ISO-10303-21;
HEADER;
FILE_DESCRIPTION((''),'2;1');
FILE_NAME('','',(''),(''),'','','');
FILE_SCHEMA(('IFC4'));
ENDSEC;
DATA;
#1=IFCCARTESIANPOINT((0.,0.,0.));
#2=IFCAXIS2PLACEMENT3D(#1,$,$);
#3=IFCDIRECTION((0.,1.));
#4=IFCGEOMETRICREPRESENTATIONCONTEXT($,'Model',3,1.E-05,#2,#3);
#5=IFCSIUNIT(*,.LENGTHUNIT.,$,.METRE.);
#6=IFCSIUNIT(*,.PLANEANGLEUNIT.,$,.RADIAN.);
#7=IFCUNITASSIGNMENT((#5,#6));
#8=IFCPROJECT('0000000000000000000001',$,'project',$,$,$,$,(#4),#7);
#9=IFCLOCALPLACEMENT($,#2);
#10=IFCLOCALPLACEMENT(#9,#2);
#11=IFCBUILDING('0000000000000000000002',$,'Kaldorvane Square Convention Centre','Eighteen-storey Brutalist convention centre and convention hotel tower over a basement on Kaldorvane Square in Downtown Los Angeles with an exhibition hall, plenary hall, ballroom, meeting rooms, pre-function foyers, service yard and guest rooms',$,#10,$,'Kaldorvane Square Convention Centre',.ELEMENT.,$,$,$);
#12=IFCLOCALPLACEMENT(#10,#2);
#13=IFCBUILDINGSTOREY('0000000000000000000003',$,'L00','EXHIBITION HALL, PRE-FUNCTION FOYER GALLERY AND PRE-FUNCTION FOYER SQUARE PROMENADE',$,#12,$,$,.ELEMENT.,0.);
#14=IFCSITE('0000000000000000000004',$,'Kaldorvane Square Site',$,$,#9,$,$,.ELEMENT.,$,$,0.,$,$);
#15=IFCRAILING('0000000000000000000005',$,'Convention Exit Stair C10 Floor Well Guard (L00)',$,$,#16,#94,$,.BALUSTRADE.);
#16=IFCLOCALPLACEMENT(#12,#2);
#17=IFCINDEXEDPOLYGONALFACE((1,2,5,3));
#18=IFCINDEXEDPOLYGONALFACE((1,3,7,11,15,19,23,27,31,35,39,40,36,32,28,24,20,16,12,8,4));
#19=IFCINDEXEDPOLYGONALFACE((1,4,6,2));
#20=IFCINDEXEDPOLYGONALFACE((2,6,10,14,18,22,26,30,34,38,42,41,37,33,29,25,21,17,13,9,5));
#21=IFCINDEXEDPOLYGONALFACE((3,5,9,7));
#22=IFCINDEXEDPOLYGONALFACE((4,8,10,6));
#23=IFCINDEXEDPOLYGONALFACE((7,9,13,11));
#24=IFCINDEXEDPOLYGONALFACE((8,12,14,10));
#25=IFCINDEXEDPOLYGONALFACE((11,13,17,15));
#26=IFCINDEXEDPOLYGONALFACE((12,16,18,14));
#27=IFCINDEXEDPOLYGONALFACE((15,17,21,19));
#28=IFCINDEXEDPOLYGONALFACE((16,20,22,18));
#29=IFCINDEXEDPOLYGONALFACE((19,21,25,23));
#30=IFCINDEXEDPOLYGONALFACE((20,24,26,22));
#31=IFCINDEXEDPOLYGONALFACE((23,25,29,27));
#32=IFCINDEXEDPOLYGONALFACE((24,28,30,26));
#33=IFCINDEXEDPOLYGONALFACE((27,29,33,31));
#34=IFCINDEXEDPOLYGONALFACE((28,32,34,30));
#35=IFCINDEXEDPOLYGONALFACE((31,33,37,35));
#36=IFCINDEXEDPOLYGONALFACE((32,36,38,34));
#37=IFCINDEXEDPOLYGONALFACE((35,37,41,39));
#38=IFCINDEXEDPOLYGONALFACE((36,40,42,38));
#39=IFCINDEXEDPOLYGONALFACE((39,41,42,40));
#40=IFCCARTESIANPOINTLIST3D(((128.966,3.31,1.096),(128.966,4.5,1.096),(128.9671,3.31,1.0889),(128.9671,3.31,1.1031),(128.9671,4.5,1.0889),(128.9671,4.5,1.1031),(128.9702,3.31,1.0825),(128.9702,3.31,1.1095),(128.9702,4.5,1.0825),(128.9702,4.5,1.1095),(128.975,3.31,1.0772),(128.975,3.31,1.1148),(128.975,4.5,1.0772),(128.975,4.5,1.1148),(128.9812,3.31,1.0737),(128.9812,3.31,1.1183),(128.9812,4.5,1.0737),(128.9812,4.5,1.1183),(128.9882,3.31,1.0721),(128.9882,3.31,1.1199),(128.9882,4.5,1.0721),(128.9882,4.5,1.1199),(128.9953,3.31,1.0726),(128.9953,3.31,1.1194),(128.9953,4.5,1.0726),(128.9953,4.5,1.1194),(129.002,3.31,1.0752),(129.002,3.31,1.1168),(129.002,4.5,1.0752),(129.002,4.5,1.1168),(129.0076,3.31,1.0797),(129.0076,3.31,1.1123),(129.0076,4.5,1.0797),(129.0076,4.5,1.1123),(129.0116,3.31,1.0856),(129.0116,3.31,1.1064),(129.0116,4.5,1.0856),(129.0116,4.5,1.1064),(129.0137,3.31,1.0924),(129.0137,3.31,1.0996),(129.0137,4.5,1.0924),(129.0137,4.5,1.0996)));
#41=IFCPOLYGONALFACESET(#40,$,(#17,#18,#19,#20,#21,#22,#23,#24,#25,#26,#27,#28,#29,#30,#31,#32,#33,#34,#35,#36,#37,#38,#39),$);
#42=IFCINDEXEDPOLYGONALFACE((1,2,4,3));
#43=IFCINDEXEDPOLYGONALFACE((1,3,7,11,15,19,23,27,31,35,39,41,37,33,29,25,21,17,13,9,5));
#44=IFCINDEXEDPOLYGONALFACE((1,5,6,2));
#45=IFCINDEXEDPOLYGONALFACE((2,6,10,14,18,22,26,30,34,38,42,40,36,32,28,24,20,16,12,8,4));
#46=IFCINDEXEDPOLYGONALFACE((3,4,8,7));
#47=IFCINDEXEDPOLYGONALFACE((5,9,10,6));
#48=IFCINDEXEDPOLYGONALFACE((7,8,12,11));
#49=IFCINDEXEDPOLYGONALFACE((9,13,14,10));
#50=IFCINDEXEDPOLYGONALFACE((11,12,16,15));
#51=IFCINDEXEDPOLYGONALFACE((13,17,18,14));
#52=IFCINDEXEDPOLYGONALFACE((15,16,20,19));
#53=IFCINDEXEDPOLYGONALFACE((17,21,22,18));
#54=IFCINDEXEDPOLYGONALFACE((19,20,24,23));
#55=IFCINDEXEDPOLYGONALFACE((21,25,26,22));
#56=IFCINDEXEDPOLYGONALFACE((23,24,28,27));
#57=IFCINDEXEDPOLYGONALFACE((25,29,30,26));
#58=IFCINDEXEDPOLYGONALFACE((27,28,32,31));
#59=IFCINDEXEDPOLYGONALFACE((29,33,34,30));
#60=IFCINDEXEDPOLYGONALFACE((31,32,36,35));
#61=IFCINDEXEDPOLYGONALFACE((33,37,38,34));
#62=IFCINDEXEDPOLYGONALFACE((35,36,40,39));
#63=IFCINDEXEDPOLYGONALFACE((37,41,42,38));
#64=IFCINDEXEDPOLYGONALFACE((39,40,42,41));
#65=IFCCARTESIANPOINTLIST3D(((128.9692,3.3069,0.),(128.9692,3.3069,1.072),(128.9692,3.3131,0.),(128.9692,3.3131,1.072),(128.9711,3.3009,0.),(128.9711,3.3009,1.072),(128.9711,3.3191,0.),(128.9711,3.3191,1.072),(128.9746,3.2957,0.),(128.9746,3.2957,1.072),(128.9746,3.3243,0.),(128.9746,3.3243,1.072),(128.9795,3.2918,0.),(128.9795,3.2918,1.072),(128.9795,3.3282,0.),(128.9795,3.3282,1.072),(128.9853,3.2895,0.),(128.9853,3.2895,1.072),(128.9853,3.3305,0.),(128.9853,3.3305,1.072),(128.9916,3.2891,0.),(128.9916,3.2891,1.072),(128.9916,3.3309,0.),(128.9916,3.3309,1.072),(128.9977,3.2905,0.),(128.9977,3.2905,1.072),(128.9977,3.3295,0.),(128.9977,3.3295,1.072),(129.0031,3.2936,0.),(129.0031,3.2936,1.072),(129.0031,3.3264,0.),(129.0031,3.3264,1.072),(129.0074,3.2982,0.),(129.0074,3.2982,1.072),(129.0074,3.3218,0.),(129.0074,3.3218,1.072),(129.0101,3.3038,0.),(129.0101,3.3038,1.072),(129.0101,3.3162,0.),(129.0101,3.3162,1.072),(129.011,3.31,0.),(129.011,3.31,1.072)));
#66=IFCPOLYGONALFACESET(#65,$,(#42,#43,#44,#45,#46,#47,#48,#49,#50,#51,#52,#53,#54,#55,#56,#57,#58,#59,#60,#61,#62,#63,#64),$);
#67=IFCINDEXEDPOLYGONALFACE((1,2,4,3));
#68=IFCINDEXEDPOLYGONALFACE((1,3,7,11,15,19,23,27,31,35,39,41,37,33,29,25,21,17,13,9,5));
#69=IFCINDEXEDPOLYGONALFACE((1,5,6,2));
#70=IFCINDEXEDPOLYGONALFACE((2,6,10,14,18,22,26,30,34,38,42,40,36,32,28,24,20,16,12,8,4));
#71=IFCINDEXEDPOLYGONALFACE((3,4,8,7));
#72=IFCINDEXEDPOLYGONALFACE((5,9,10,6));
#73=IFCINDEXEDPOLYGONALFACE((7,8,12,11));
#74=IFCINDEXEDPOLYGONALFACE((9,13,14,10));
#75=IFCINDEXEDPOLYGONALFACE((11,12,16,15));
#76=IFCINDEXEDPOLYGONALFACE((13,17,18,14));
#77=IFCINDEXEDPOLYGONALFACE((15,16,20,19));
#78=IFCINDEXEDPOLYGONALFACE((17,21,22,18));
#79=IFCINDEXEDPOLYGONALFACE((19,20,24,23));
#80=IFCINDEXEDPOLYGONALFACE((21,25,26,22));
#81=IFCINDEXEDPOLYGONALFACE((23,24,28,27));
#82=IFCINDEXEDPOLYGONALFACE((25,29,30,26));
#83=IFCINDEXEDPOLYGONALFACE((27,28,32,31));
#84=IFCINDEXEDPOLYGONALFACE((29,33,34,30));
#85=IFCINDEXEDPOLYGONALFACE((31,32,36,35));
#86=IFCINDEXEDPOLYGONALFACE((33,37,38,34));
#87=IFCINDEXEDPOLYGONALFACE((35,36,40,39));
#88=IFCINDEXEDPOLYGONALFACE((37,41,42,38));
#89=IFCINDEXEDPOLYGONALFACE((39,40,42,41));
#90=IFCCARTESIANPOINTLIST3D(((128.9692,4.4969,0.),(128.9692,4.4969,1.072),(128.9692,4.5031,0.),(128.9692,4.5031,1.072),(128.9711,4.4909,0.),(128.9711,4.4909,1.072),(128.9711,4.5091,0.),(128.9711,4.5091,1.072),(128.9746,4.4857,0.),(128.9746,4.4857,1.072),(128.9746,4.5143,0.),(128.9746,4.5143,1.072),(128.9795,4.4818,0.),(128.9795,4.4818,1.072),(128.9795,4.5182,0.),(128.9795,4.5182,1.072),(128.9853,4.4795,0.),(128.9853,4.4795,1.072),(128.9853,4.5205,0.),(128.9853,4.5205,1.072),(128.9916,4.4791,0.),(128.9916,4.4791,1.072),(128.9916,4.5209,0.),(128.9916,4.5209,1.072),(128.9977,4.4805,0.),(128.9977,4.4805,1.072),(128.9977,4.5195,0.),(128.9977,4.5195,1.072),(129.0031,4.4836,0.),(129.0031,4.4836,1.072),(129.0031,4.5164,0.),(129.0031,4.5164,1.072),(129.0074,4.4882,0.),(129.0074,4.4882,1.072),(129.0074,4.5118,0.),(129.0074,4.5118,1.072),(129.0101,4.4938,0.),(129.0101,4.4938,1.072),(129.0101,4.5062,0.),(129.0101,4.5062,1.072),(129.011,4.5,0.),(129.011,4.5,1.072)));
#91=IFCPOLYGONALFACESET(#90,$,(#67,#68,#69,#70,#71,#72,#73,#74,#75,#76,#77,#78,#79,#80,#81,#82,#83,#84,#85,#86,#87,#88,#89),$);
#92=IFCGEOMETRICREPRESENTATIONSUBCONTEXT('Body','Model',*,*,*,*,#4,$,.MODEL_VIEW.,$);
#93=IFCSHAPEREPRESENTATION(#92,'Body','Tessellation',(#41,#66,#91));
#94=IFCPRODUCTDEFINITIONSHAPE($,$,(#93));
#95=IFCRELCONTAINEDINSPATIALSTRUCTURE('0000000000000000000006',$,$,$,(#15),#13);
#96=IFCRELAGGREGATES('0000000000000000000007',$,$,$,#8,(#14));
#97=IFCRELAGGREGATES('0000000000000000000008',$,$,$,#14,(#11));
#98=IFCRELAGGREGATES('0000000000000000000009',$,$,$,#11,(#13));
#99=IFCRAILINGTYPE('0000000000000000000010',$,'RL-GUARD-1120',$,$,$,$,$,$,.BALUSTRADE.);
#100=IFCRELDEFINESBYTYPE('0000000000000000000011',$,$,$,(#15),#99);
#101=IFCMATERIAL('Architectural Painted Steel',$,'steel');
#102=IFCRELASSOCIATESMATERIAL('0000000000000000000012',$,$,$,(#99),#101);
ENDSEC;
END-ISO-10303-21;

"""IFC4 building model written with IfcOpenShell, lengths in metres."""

from ifc_helpers import new_model, si_unit, direction, frame, origin, origin_2d, place, context, subcontext, project, spatial, circle, extrude, material, type_object, element, save


model = new_model("IFC4")

# Units and contexts
model_context = context("Model", 3, precision=1e-05, world=origin(), true_north=direction((0.0, 1.0)))
body_context = subcontext(model_context, "Body", "Model", "MODEL_VIEW")
ifc_project = project(units=[si_unit("LENGTHUNIT", "METRE"), si_unit("PLANEANGLEUNIT", "RADIAN")], contexts=[model_context])

# Site, building, storey
site_placement = place(None, origin())
site = spatial("IfcSite", under=ifc_project, at=site_placement, Name="Kaldorvane Square Site", CompositionType="ELEMENT", RefElevation=0.0)
building_placement = place(site_placement, origin())
building = spatial("IfcBuilding", under=site, at=building_placement, Name="Kaldorvane Square Convention Centre", Description="Eighteen-storey Brutalist convention centre and convention hotel tower over a basement on Kaldorvane Square in Downtown Los Angeles with an exhibition hall, plenary hall, ballroom, meeting rooms, pre-function foyers, service yard and guest rooms", LongName="Kaldorvane Square Convention Centre", CompositionType="ELEMENT")
storey_placement = place(building_placement, origin())
storey = spatial("IfcBuildingStorey", under=building, at=storey_placement, Name="L00", Description="EXHIBITION HALL, PRE-FUNCTION FOYER GALLERY AND PRE-FUNCTION FOYER SQUARE PROMENADE", CompositionType="ELEMENT", Elevation=0.0)

# Railing
ifc_material_1 = material(Name="Architectural Painted Steel", Category="steel")
railing_type_1 = type_object("IfcRailingType", Name="RL-GUARD-1120", PredefinedType="BALUSTRADE", material=ifc_material_1)
railing_1_placement = place(storey_placement, frame((128.99, 3.31, 0.0)))
element("IfcRailing", 1, at=railing_1_placement, inside=storey, type_object=railing_type_1, Name="Convention Exit Stair C10 Floor Well Guard (L00)", PredefinedType="BALUSTRADE", context=body_context, shape_type="SweptSolid", body=[
    extrude(circle(Radius=0.024, at=origin_2d()), frame((0.0, 0.0, 1.096), z_axis=(0.0, 1.0, 0.0), x_axis=(-1.0, 0.0, 0.0)), (0.0, 0.0, 1.0), 1.19),
    extrude(circle(Radius=0.021, at=origin_2d()), origin(), (0.0, 0.0, 1.0), 1.072),
    extrude(circle(Radius=0.021, at=origin_2d()), frame((0.0, 1.19, 0.0)), (0.0, 0.0, 1.0), 1.072),
])

save(model, "model.ifc")
